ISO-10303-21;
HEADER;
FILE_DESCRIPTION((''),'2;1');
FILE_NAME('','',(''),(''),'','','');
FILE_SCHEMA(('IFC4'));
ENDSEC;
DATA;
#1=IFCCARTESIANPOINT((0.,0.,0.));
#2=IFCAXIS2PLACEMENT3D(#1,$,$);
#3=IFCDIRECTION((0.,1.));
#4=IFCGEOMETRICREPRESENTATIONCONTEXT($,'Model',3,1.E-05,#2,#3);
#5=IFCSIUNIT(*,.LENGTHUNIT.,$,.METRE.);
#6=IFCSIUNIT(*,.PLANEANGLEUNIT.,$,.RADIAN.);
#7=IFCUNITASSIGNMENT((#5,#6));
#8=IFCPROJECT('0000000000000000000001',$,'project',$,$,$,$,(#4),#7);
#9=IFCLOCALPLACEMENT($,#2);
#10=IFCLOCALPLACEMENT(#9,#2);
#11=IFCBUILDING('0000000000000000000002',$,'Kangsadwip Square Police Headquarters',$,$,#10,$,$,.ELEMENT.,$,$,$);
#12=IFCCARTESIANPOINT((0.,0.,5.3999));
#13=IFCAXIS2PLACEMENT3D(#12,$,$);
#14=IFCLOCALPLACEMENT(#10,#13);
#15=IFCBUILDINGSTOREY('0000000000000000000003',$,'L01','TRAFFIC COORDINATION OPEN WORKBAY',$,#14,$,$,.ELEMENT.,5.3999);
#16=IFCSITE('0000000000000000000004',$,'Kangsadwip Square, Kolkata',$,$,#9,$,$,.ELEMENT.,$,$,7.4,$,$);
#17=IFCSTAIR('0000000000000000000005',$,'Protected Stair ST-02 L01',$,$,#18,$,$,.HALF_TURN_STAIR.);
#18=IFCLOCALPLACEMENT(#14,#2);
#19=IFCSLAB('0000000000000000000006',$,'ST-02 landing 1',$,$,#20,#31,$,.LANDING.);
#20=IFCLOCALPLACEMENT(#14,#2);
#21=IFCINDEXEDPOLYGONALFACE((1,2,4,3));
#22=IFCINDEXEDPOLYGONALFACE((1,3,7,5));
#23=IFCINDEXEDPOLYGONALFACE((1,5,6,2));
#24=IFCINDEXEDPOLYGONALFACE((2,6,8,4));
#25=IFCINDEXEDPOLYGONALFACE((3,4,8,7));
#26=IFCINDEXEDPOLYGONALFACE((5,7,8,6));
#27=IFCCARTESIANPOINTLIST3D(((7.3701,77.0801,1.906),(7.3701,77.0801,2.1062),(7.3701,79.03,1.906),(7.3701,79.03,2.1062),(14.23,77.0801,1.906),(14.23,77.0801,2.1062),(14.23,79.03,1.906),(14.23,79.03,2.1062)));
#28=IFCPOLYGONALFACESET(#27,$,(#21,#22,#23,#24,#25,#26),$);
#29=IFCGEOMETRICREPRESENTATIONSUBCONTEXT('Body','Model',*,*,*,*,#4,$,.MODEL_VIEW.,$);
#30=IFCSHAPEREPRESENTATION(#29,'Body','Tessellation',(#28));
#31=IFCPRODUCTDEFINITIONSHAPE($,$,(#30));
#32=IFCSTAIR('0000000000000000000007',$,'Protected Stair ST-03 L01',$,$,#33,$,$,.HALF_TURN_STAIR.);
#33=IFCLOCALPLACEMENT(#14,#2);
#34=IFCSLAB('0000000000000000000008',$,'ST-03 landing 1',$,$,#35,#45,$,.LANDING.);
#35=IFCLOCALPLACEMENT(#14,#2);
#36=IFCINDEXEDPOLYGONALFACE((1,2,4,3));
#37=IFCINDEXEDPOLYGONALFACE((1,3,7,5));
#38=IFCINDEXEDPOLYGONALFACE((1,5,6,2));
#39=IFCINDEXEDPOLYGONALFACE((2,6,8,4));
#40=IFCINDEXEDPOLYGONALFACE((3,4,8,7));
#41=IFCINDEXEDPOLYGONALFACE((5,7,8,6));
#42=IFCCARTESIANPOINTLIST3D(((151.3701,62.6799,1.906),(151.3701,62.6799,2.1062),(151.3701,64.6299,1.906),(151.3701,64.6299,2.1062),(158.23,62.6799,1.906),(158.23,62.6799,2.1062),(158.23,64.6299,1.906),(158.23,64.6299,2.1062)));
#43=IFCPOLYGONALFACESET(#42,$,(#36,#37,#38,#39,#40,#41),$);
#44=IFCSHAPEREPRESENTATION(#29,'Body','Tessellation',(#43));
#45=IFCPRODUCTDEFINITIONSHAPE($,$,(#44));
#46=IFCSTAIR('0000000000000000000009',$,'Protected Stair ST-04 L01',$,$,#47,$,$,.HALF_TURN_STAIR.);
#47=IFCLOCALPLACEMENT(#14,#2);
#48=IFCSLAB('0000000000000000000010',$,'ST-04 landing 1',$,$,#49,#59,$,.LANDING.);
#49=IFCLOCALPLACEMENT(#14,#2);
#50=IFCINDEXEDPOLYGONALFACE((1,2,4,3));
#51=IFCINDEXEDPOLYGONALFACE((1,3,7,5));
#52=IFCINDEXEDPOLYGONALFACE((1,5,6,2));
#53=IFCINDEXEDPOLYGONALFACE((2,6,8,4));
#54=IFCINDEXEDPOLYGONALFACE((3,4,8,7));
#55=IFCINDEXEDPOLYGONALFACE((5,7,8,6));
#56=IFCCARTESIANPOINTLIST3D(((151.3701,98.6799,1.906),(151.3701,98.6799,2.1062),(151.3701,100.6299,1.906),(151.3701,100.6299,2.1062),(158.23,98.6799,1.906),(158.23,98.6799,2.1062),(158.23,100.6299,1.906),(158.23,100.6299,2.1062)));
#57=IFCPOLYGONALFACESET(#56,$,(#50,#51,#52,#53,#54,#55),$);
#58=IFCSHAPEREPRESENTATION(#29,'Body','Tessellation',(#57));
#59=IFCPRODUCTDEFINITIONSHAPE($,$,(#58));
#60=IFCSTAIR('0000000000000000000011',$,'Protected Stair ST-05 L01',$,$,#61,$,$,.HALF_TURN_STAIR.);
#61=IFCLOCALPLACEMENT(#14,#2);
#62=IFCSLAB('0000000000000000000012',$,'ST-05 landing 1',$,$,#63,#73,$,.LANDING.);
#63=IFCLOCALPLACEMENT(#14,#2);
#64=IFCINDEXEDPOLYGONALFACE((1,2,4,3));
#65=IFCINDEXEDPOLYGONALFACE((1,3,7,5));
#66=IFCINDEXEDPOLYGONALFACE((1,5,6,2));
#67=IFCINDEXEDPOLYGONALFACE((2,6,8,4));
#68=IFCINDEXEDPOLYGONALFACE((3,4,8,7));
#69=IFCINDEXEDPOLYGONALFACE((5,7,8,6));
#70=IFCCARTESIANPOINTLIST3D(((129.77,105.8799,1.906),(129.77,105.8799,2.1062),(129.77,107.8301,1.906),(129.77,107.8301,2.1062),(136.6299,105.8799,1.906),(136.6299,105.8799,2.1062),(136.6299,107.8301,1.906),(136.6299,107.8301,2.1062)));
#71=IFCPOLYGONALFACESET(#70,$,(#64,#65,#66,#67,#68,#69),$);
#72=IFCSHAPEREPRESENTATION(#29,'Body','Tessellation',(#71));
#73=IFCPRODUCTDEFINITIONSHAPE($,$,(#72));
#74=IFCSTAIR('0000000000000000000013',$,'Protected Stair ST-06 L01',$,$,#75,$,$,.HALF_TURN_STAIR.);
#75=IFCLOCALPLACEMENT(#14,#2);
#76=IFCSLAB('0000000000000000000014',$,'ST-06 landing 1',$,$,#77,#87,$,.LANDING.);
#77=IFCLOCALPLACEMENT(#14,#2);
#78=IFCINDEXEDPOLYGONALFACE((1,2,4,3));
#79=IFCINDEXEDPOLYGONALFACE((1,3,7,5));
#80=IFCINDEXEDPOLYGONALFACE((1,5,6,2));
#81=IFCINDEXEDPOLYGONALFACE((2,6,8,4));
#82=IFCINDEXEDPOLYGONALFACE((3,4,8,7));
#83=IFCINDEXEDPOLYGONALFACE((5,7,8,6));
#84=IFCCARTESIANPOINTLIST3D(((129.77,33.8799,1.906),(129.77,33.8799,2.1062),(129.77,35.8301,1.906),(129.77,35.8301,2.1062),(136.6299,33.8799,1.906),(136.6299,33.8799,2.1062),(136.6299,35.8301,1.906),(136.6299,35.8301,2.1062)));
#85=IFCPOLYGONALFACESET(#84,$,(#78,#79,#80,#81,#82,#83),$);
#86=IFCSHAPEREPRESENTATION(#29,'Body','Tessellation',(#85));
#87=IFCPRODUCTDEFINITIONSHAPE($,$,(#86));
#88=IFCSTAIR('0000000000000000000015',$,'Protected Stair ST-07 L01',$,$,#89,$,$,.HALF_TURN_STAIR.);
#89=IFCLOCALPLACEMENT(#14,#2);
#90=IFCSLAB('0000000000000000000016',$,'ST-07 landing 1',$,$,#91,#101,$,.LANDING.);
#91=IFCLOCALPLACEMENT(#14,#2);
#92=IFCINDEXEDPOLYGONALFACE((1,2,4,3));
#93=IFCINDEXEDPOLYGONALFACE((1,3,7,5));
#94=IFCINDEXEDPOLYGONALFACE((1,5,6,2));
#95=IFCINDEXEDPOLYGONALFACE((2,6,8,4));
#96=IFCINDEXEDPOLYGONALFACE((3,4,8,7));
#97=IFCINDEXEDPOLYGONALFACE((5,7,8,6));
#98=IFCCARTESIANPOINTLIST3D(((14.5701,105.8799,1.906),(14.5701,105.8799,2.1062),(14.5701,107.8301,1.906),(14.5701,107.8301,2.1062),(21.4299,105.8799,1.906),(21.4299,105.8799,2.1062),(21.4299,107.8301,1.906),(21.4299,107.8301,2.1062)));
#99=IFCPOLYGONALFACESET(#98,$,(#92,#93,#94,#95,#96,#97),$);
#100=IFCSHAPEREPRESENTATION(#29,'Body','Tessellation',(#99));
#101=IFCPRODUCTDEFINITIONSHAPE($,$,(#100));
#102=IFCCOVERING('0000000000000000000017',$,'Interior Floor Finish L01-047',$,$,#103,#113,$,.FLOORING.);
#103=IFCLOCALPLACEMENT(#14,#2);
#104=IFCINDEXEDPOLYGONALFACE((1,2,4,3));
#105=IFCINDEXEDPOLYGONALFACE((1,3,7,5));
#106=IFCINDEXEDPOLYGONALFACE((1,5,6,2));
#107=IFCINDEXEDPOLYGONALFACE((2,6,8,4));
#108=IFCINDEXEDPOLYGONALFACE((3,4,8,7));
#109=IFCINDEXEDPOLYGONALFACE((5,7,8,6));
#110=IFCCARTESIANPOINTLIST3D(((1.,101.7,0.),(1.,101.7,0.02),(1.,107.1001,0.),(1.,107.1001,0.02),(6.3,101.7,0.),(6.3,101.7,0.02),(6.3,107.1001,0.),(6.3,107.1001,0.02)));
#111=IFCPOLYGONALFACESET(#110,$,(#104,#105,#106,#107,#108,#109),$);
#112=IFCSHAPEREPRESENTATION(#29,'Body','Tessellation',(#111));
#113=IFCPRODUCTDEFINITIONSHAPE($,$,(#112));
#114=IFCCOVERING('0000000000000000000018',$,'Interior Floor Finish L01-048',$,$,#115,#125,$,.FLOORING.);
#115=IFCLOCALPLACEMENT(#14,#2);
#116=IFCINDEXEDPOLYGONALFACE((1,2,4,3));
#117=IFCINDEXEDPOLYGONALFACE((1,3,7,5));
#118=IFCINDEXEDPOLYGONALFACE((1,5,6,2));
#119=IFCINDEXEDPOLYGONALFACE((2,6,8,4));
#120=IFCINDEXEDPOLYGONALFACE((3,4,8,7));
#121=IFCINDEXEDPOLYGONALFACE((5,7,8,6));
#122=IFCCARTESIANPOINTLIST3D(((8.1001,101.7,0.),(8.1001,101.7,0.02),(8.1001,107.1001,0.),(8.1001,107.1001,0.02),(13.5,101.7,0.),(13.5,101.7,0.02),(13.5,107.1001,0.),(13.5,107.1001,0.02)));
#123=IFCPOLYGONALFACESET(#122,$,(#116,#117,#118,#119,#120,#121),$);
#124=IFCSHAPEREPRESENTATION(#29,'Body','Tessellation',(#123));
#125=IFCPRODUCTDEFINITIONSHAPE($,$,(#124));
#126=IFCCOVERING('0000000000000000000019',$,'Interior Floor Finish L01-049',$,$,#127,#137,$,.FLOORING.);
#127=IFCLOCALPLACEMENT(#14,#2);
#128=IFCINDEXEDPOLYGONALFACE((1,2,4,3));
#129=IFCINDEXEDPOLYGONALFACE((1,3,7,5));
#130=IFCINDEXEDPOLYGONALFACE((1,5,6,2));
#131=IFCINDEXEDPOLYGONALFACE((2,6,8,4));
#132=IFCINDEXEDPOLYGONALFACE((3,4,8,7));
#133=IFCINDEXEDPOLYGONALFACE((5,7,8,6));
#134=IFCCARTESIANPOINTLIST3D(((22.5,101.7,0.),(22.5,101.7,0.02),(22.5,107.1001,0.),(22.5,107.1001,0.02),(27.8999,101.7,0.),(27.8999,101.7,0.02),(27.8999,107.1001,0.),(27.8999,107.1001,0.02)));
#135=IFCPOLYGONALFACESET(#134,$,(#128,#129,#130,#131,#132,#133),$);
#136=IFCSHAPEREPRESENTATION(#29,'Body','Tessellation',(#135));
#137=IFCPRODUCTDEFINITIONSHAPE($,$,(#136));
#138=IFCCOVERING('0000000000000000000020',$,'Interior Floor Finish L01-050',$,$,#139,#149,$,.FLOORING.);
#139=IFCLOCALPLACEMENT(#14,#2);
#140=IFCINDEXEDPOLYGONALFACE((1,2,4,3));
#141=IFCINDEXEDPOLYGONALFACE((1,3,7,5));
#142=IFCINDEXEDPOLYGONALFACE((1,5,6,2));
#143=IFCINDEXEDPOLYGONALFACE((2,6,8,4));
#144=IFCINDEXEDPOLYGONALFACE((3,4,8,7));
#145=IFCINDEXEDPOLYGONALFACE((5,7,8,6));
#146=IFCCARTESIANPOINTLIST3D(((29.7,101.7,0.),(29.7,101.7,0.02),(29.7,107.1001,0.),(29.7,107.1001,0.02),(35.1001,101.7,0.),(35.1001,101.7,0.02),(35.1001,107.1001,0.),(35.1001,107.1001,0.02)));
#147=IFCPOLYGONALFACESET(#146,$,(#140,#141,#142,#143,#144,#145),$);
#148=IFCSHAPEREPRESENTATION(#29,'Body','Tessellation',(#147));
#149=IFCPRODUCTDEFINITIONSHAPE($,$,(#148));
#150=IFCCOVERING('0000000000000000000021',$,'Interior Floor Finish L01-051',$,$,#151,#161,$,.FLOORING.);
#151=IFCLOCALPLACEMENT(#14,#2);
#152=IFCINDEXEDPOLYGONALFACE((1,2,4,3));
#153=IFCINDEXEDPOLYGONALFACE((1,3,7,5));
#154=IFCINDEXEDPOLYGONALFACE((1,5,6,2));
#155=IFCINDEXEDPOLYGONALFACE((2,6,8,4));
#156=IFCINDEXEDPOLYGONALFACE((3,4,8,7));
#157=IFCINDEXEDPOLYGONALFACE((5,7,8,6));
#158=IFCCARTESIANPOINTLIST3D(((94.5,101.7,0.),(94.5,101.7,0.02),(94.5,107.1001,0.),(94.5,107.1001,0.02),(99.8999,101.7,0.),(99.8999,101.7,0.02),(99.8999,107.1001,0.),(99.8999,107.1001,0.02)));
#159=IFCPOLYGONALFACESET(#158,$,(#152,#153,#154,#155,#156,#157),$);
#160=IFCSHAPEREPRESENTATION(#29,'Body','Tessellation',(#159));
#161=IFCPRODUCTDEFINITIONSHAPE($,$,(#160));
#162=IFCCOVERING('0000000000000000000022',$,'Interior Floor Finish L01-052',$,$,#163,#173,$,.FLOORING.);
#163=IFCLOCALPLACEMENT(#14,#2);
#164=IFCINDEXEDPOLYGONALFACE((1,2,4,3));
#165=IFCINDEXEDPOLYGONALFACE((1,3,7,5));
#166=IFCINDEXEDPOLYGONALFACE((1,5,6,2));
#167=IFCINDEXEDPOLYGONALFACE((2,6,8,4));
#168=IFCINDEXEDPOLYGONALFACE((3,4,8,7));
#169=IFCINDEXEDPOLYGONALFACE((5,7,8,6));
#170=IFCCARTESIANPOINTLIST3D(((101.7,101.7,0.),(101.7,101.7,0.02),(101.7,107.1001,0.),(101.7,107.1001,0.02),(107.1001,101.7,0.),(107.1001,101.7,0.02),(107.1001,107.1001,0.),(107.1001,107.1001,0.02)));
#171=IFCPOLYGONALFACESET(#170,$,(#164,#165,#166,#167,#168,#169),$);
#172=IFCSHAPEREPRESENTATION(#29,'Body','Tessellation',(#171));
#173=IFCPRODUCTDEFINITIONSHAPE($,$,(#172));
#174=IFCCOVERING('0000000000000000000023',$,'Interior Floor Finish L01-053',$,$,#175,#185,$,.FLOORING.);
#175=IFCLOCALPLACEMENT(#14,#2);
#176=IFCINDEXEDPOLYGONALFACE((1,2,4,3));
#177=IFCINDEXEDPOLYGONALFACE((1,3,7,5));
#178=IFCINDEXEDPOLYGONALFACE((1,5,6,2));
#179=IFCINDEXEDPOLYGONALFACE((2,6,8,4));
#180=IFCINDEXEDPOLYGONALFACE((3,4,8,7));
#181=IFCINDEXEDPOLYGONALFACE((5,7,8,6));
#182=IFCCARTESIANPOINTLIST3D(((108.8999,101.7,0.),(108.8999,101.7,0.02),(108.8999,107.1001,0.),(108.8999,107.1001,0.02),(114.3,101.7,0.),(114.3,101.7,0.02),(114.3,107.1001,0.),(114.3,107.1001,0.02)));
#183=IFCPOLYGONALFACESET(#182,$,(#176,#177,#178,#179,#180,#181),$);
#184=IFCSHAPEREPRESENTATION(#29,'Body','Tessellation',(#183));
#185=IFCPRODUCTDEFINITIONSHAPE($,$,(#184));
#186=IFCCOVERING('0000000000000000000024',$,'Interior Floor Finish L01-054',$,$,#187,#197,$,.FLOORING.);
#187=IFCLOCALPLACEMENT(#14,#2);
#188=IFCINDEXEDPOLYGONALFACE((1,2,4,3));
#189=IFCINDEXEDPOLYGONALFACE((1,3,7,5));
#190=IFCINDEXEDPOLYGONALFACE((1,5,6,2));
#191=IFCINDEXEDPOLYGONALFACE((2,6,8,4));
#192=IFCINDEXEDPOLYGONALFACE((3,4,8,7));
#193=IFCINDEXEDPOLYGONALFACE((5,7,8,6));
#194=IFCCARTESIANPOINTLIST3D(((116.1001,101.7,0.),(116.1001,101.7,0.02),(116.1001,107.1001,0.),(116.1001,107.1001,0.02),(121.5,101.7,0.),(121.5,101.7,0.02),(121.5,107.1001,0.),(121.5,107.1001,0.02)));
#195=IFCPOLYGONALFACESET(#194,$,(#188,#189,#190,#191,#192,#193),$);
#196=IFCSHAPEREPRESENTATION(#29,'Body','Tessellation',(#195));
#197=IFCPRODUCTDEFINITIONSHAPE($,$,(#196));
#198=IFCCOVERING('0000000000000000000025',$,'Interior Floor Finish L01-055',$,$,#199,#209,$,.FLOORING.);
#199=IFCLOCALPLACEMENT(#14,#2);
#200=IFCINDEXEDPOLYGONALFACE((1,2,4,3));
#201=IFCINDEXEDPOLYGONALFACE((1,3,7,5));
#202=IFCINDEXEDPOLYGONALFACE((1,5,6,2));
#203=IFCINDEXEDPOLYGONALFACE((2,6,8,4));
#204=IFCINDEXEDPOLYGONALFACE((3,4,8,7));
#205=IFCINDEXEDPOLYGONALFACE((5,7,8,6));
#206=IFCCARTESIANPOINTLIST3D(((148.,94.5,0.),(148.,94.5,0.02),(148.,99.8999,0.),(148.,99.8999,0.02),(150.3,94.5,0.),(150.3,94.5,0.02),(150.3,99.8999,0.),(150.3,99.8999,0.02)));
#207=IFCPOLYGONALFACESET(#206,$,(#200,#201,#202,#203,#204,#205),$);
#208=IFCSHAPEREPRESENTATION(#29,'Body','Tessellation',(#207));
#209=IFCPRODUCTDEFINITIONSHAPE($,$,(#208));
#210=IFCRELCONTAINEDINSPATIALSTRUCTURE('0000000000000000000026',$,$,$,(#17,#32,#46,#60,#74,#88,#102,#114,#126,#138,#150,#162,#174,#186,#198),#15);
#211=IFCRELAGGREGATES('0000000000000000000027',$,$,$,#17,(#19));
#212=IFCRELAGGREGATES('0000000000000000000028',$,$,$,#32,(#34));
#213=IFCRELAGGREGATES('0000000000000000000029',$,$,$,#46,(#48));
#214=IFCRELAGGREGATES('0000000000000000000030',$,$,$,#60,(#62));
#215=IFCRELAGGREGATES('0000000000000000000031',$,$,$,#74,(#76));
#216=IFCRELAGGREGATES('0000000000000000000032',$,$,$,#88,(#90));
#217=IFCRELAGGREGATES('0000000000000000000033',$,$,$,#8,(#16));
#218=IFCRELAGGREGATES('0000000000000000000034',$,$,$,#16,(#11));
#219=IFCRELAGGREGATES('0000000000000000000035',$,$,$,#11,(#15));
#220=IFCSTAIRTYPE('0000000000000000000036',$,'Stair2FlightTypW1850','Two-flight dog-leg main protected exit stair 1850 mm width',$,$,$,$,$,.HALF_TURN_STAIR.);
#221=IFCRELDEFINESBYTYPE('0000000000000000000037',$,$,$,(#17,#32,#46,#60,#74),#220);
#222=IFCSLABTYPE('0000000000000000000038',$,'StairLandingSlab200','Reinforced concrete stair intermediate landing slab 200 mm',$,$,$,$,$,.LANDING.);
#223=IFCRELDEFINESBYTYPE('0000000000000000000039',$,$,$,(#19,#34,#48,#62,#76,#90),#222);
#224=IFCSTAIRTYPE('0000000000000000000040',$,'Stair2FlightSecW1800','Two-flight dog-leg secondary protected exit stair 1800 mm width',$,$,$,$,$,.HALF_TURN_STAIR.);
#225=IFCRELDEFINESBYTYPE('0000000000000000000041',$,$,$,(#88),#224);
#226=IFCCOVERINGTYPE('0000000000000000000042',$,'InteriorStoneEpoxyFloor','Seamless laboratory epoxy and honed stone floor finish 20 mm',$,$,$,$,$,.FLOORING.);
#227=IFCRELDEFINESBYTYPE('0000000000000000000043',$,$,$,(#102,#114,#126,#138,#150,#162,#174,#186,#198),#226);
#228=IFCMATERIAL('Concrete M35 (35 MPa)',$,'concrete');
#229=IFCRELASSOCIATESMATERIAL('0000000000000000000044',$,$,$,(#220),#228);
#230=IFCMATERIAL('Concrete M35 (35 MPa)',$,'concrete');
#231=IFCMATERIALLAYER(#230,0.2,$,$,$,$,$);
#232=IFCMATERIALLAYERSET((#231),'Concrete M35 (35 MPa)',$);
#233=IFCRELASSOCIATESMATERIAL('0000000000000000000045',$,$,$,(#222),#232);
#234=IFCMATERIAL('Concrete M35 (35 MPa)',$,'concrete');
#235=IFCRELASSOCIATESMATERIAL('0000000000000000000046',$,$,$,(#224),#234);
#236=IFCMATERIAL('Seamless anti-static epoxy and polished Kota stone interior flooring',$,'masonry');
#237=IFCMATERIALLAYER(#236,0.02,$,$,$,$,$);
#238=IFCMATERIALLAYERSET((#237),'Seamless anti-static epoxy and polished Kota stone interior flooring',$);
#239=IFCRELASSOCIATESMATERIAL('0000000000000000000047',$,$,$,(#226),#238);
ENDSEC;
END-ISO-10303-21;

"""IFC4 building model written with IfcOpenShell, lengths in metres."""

from ifc_helpers import new_model, si_unit, direction, frame, origin, place, context, subcontext, project, spatial, polyline, outline, extrude, material, layer, layer_set, type_object, element, aggregate, save


model = new_model("IFC4")

# Units and contexts
model_context = context("Model", 3, precision=1e-05, world=origin(), true_north=direction((0.0, 1.0)))
body_context = subcontext(model_context, "Body", "Model", "MODEL_VIEW")
ifc_project = project(units=[si_unit("LENGTHUNIT", "METRE"), si_unit("PLANEANGLEUNIT", "RADIAN")], contexts=[model_context])

# Site, building, storey
site_placement = place(None, origin())
site = spatial("IfcSite", under=ifc_project, at=site_placement, Name="Kangsadwip Square, Kolkata", CompositionType="ELEMENT", RefElevation=7.4)
building_placement = place(site_placement, origin())
building = spatial("IfcBuilding", under=site, at=building_placement, Name="Kangsadwip Square Police Headquarters", CompositionType="ELEMENT")
storey_placement = place(building_placement, frame((0.0, 0.0, 5.3999)))
storey = spatial("IfcBuildingStorey", under=building, at=storey_placement, Name="L01", Description="TRAFFIC COORDINATION OPEN WORKBAY", CompositionType="ELEMENT", Elevation=5.3999)

# Stairs, slabs
ifc_material_1 = material(Name="Concrete M35 (35 MPa)", Category="concrete")
stair_type_1 = type_object("IfcStairType", Name="Stair2FlightTypW1850", Description="Two-flight dog-leg main protected exit stair 1850 mm width", PredefinedType="HALF_TURN_STAIR", material=ifc_material_1)
stair_1_placement = place(storey_placement, origin())
stair_1 = element("IfcStair", 1, at=stair_1_placement, inside=storey, type_object=stair_type_1, Name="Protected Stair ST-02 L01", PredefinedType="HALF_TURN_STAIR")
ifc_material_2 = material(Name="Concrete M35 (35 MPa)", Category="concrete")
ifc_layer_1 = layer(ifc_material_2, 0.2)
ifc_layer_set_1 = layer_set([ifc_layer_1], Name="Concrete M35 (35 MPa)")
slab_type = type_object("IfcSlabType", Name="StairLandingSlab200", Description="Reinforced concrete stair intermediate landing slab 200 mm", PredefinedType="LANDING", material=ifc_layer_set_1)
slab_1_placement = place(storey_placement, frame((0.0, 0.0, 1.906)))
slab_1 = element("IfcSlab", 2, at=slab_1_placement, type_object=slab_type, Name="ST-02 landing 1", PredefinedType="LANDING", context=body_context, shape_type="SweptSolid", body=[
    extrude(outline(polyline([(7.3701, 77.0801), (14.23, 77.0801), (14.23, 79.03), (7.3701, 79.03), (7.3701, 77.0801)])), origin(), (0.0, 0.0, 1.0), 0.2002),
])
aggregate(stair_1, [slab_1])
stair_2_placement = place(storey_placement, origin())
stair_2 = element("IfcStair", 3, at=stair_2_placement, inside=storey, type_object=stair_type_1, Name="Protected Stair ST-03 L01", PredefinedType="HALF_TURN_STAIR")
slab_2_placement = place(storey_placement, frame((0.0, 0.0, 1.906)))
slab_2 = element("IfcSlab", 4, at=slab_2_placement, type_object=slab_type, Name="ST-03 landing 1", PredefinedType="LANDING", context=body_context, shape_type="SweptSolid", body=[
    extrude(outline(polyline([(151.3701, 62.6799), (158.23, 62.6799), (158.23, 64.6299), (151.3701, 64.6299), (151.3701, 62.6799)])), origin(), (0.0, 0.0, 1.0), 0.2002),
])
aggregate(stair_2, [slab_2])
stair_3_placement = place(storey_placement, origin())
stair_3 = element("IfcStair", 5, at=stair_3_placement, inside=storey, type_object=stair_type_1, Name="Protected Stair ST-04 L01", PredefinedType="HALF_TURN_STAIR")
slab_3_placement = place(storey_placement, frame((0.0, 0.0, 1.906)))
slab_3 = element("IfcSlab", 6, at=slab_3_placement, type_object=slab_type, Name="ST-04 landing 1", PredefinedType="LANDING", context=body_context, shape_type="SweptSolid", body=[
    extrude(outline(polyline([(151.3701, 98.6799), (158.23, 98.6799), (158.23, 100.6299), (151.3701, 100.6299), (151.3701, 98.6799)])), origin(), (0.0, 0.0, 1.0), 0.2002),
])
aggregate(stair_3, [slab_3])
stair_4_placement = place(storey_placement, origin())
stair_4 = element("IfcStair", 7, at=stair_4_placement, inside=storey, type_object=stair_type_1, Name="Protected Stair ST-05 L01", PredefinedType="HALF_TURN_STAIR")
slab_4_placement = place(storey_placement, frame((0.0, 0.0, 1.906)))
slab_4 = element("IfcSlab", 8, at=slab_4_placement, type_object=slab_type, Name="ST-05 landing 1", PredefinedType="LANDING", context=body_context, shape_type="SweptSolid", body=[
    extrude(outline(polyline([(129.77, 105.8799), (136.6299, 105.8799), (136.6299, 107.8301), (129.77, 107.8301), (129.77, 105.8799)])), origin(), (0.0, 0.0, 1.0), 0.2002),
])
aggregate(stair_4, [slab_4])
stair_5_placement = place(storey_placement, origin())
stair_5 = element("IfcStair", 9, at=stair_5_placement, inside=storey, type_object=stair_type_1, Name="Protected Stair ST-06 L01", PredefinedType="HALF_TURN_STAIR")
slab_5_placement = place(storey_placement, frame((0.0, 0.0, 1.906)))
slab_5 = element("IfcSlab", 10, at=slab_5_placement, type_object=slab_type, Name="ST-06 landing 1", PredefinedType="LANDING", context=body_context, shape_type="SweptSolid", body=[
    extrude(outline(polyline([(129.77, 33.8799), (136.6299, 33.8799), (136.6299, 35.8301), (129.77, 35.8301), (129.77, 33.8799)])), origin(), (0.0, 0.0, 1.0), 0.2002),
])
aggregate(stair_5, [slab_5])
ifc_material_3 = material(Name="Concrete M35 (35 MPa)", Category="concrete")
stair_type_2 = type_object("IfcStairType", Name="Stair2FlightSecW1800", Description="Two-flight dog-leg secondary protected exit stair 1800 mm width", PredefinedType="HALF_TURN_STAIR", material=ifc_material_3)
stair_6_placement = place(storey_placement, origin())
stair_6 = element("IfcStair", 11, at=stair_6_placement, inside=storey, type_object=stair_type_2, Name="Protected Stair ST-07 L01", PredefinedType="HALF_TURN_STAIR")
slab_6_placement = place(storey_placement, frame((0.0, 0.0, 1.906)))
slab_6 = element("IfcSlab", 12, at=slab_6_placement, type_object=slab_type, Name="ST-07 landing 1", PredefinedType="LANDING", context=body_context, shape_type="SweptSolid", body=[
    extrude(outline(polyline([(14.5701, 105.8799), (21.4299, 105.8799), (21.4299, 107.8301), (14.5701, 107.8301), (14.5701, 105.8799)])), origin(), (0.0, 0.0, 1.0), 0.2002),
])
aggregate(stair_6, [slab_6])

# Coverings
ifc_material_4 = material(Name="Seamless anti-static epoxy and polished Kota stone interior flooring", Category="masonry")
ifc_layer_2 = layer(ifc_material_4, 0.02)
ifc_layer_set_2 = layer_set([ifc_layer_2], Name="Seamless anti-static epoxy and polished Kota stone interior flooring")
covering_type_1 = type_object("IfcCoveringType", Name="InteriorStoneEpoxyFloor", Description="Seamless laboratory epoxy and honed stone floor finish 20 mm", PredefinedType="FLOORING", material=ifc_layer_set_2)
covering_1_placement = place(storey_placement, origin())
element("IfcCovering", 13, at=covering_1_placement, inside=storey, type_object=covering_type_1, Name="Interior Floor Finish L01-047", PredefinedType="FLOORING", context=body_context, shape_type="SweptSolid", body=[
    extrude(outline(polyline([(1.0, 101.7), (6.3, 101.7), (6.3, 107.1001), (1.0, 107.1001), (1.0, 101.7)])), origin(), (0.0, 0.0, 1.0), 0.02),
])
covering_2_placement = place(storey_placement, origin())
element("IfcCovering", 14, at=covering_2_placement, inside=storey, type_object=covering_type_1, Name="Interior Floor Finish L01-048", PredefinedType="FLOORING", context=body_context, shape_type="SweptSolid", body=[
    extrude(outline(polyline([(8.1001, 101.7), (13.5, 101.7), (13.5, 107.1001), (8.1001, 107.1001), (8.1001, 101.7)])), origin(), (0.0, 0.0, 1.0), 0.02),
])
covering_3_placement = place(storey_placement, origin())
element("IfcCovering", 15, at=covering_3_placement, inside=storey, type_object=covering_type_1, Name="Interior Floor Finish L01-049", PredefinedType="FLOORING", context=body_context, shape_type="SweptSolid", body=[
    extrude(outline(polyline([(22.5, 101.7), (27.8999, 101.7), (27.8999, 107.1001), (22.5, 107.1001), (22.5, 101.7)])), origin(), (0.0, 0.0, 1.0), 0.02),
])
covering_4_placement = place(storey_placement, origin())
element("IfcCovering", 16, at=covering_4_placement, inside=storey, type_object=covering_type_1, Name="Interior Floor Finish L01-050", PredefinedType="FLOORING", context=body_context, shape_type="SweptSolid", body=[
    extrude(outline(polyline([(29.7, 101.7), (35.1001, 101.7), (35.1001, 107.1001), (29.7, 107.1001), (29.7, 101.7)])), origin(), (0.0, 0.0, 1.0), 0.02),
])
covering_5_placement = place(storey_placement, origin())
element("IfcCovering", 17, at=covering_5_placement, inside=storey, type_object=covering_type_1, Name="Interior Floor Finish L01-051", PredefinedType="FLOORING", context=body_context, shape_type="SweptSolid", body=[
    extrude(outline(polyline([(94.5, 101.7), (99.8999, 101.7), (99.8999, 107.1001), (94.5, 107.1001), (94.5, 101.7)])), origin(), (0.0, 0.0, 1.0), 0.02),
])
covering_6_placement = place(storey_placement, origin())
element("IfcCovering", 18, at=covering_6_placement, inside=storey, type_object=covering_type_1, Name="Interior Floor Finish L01-052", PredefinedType="FLOORING", context=body_context, shape_type="SweptSolid", body=[
    extrude(outline(polyline([(101.7, 101.7), (107.1001, 101.7), (107.1001, 107.1001), (101.7, 107.1001), (101.7, 101.7)])), origin(), (0.0, 0.0, 1.0), 0.02),
])
covering_7_placement = place(storey_placement, origin())
element("IfcCovering", 19, at=covering_7_placement, inside=storey, type_object=covering_type_1, Name="Interior Floor Finish L01-053", PredefinedType="FLOORING", context=body_context, shape_type="SweptSolid", body=[
    extrude(outline(polyline([(108.8999, 101.7), (114.3, 101.7), (114.3, 107.1001), (108.8999, 107.1001), (108.8999, 101.7)])), origin(), (0.0, 0.0, 1.0), 0.02),
])
covering_8_placement = place(storey_placement, origin())
element("IfcCovering", 20, at=covering_8_placement, inside=storey, type_object=covering_type_1, Name="Interior Floor Finish L01-054", PredefinedType="FLOORING", context=body_context, shape_type="SweptSolid", body=[
    extrude(outline(polyline([(116.1001, 101.7), (121.5, 101.7), (121.5, 107.1001), (116.1001, 107.1001), (116.1001, 101.7)])), origin(), (0.0, 0.0, 1.0), 0.02),
])
covering_9_placement = place(storey_placement, origin())
element("IfcCovering", 21, at=covering_9_placement, inside=storey, type_object=covering_type_1, Name="Interior Floor Finish L01-055", PredefinedType="FLOORING", context=body_context, shape_type="SweptSolid", body=[
    extrude(outline(polyline([(148.0, 94.5), (150.3, 94.5), (150.3, 99.8999), (148.0, 99.8999), (148.0, 94.5)])), origin(), (0.0, 0.0, 1.0), 0.02),
])

save(model, "model.ifc")
